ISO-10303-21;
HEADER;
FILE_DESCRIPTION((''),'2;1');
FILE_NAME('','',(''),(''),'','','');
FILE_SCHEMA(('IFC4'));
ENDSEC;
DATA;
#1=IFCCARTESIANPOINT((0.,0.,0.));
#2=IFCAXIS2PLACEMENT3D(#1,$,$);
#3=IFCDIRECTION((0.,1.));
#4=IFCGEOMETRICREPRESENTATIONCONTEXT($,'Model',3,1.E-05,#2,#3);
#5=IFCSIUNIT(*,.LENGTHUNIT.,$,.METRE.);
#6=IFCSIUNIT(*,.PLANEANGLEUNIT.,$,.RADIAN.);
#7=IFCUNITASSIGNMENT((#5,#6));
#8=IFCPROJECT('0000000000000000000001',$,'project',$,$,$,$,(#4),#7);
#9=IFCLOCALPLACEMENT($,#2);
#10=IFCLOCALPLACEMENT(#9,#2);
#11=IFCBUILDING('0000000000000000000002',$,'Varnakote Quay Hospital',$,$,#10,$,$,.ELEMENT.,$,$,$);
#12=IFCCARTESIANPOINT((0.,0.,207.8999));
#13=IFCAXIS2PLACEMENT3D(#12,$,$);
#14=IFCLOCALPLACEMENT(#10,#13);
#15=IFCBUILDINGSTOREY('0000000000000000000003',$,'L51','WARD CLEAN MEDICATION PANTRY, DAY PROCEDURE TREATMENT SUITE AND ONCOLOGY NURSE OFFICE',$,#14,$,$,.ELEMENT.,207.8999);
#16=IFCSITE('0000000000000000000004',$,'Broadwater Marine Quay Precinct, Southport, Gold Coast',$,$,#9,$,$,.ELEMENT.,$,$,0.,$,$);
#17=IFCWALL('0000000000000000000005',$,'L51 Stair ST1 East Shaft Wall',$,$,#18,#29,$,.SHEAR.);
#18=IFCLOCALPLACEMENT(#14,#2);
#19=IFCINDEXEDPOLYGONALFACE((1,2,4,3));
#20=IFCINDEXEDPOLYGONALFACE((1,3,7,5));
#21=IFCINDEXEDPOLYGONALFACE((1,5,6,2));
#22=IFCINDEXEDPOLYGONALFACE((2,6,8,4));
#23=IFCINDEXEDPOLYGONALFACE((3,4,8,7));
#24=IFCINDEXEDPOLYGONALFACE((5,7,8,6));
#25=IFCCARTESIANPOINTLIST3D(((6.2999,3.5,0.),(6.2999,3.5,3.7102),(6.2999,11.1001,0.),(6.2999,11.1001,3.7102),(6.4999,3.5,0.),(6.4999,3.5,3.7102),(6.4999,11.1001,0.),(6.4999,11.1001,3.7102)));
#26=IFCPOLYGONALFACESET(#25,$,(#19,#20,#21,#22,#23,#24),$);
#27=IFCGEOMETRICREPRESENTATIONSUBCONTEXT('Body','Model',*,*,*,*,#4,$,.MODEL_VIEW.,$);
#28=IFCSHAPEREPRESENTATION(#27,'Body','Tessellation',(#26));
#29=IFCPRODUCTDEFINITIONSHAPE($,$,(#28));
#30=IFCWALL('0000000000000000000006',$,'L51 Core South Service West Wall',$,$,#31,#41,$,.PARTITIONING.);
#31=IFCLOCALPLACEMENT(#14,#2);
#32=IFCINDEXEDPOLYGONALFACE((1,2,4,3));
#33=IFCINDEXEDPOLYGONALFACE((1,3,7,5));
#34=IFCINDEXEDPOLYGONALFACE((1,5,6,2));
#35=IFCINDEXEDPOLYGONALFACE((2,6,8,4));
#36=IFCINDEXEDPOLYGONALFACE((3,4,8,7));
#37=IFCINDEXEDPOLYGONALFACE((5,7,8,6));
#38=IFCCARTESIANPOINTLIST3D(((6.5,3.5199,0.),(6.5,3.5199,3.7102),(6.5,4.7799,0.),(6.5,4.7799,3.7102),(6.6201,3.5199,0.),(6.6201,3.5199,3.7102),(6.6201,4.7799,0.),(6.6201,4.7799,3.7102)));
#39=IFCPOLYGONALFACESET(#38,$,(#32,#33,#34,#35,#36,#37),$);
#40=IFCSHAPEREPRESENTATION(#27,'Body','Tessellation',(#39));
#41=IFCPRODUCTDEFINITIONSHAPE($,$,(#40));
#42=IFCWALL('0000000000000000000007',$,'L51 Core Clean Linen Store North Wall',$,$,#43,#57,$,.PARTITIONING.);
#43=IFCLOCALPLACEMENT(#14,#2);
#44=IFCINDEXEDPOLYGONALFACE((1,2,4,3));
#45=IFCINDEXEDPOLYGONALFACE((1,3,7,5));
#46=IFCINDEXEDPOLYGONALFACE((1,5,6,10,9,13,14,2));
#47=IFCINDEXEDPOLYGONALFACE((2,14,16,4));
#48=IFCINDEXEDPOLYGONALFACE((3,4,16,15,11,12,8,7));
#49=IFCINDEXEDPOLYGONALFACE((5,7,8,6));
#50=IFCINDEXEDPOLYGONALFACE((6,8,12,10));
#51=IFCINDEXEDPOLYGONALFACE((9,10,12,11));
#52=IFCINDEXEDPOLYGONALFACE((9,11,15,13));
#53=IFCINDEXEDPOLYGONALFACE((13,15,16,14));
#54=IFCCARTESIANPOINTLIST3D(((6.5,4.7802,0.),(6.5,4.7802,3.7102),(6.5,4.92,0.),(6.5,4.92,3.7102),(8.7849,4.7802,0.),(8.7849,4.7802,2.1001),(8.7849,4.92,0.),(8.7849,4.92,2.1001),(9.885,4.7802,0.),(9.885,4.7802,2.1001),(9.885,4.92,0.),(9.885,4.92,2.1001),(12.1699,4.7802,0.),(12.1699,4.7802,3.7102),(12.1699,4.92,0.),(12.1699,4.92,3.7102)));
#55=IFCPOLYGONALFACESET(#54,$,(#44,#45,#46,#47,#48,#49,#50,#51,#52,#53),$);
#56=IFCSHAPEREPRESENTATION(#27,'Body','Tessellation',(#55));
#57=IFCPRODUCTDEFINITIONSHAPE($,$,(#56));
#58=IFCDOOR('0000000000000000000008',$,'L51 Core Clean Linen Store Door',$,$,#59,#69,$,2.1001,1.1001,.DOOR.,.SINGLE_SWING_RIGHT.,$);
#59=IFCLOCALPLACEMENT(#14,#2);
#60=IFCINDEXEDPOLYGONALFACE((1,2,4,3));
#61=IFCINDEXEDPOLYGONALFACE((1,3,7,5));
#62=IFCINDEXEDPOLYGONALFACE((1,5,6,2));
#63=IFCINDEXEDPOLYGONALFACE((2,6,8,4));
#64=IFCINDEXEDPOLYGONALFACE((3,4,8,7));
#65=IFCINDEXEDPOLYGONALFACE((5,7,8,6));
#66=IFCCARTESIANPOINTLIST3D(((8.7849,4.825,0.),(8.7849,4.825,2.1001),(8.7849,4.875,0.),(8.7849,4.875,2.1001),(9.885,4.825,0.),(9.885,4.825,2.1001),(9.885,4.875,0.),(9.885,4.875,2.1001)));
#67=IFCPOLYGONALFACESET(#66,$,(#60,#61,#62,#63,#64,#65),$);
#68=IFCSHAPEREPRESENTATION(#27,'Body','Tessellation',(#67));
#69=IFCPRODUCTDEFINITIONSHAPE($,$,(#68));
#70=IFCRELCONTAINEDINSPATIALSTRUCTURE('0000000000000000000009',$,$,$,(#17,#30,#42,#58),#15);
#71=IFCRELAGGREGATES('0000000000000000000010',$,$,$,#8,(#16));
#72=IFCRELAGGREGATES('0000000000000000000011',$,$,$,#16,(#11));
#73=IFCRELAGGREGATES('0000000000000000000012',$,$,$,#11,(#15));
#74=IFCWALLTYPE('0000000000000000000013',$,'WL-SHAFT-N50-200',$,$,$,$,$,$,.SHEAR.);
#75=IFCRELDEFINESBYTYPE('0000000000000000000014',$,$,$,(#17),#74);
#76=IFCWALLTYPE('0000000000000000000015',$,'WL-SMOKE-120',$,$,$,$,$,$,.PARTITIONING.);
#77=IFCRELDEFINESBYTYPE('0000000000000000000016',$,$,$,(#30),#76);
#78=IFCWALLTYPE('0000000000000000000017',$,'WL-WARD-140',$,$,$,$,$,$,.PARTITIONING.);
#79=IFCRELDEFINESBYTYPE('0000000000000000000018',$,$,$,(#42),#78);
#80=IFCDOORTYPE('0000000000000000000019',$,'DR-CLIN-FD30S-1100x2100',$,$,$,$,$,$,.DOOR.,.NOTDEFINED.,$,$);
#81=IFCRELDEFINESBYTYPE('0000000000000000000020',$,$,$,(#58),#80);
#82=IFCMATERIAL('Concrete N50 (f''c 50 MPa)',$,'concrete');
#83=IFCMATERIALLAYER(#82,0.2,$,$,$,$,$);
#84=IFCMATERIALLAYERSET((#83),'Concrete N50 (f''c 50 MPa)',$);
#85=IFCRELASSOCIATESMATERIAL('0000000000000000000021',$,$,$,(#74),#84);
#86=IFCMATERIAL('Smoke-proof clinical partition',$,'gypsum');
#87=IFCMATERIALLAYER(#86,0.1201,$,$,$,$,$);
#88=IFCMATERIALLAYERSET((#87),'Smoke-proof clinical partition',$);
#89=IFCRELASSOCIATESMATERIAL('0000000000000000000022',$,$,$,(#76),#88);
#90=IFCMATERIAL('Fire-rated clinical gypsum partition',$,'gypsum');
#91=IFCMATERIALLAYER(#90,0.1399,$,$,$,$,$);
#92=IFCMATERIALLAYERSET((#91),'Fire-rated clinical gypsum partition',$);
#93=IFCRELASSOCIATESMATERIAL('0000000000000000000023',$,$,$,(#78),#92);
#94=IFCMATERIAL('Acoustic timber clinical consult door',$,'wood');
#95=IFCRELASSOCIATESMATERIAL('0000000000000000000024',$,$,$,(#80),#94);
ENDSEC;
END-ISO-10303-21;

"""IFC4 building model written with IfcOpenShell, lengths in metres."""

from ifc_helpers import new_model, si_unit, direction, frame, frame_2d, origin, place, context, subcontext, project, spatial, rectangle, extrude, material, layer, layer_set, type_object, element, fill, save


model = new_model("IFC4")

# Units and contexts
model_context = context("Model", 3, precision=1e-05, world=origin(), true_north=direction((0.0, 1.0)))
body_context = subcontext(model_context, "Body", "Model", "MODEL_VIEW")
ifc_project = project(units=[si_unit("LENGTHUNIT", "METRE"), si_unit("PLANEANGLEUNIT", "RADIAN")], contexts=[model_context])

# Site, building, storey
site_placement = place(None, origin())
site = spatial("IfcSite", under=ifc_project, at=site_placement, Name="Broadwater Marine Quay Precinct, Southport, Gold Coast", CompositionType="ELEMENT", RefElevation=0.0)
building_placement = place(site_placement, origin())
building = spatial("IfcBuilding", under=site, at=building_placement, Name="Varnakote Quay Hospital", CompositionType="ELEMENT")
storey_placement = place(building_placement, frame((0.0, 0.0, 207.8999)))
storey = spatial("IfcBuildingStorey", under=building, at=storey_placement, Name="L51", Description="WARD CLEAN MEDICATION PANTRY, DAY PROCEDURE TREATMENT SUITE AND ONCOLOGY NURSE OFFICE", CompositionType="ELEMENT", Elevation=207.8999)

# Walls
ifc_material_1 = material(Name="Concrete N50 (f'c 50 MPa)", Category="concrete")
ifc_layer_1 = layer(ifc_material_1, 0.2)
ifc_layer_set_1 = layer_set([ifc_layer_1], Name="Concrete N50 (f'c 50 MPa)")
wall_type_1 = type_object("IfcWallType", Name="WL-SHAFT-N50-200", PredefinedType="SHEAR", material=ifc_layer_set_1)
for number, where, z_axis, x_axis, name in (
    (1, (6.3999, 3.5, 0.0), (0.0, 0.0, 1.0), (0.0, 1.0, 0.0), "L51 Stair ST1 East Shaft Wall"),
):
    element("IfcWall", number, at=place(storey_placement, frame(where, z_axis=z_axis, x_axis=x_axis)), inside=storey, type_object=wall_type_1, Name=name, PredefinedType="SHEAR", context=body_context, shape_type="SweptSolid", body=[
        extrude(rectangle(XDim=7.6001, YDim=0.2, at=frame_2d((3.8, 0.0))), origin(), (0.0, 0.0, 1.0), 3.7102),
    ])
ifc_material_2 = material(Name="Smoke-proof clinical partition", Category="gypsum")
ifc_layer_2 = layer(ifc_material_2, 0.1201)
ifc_layer_set_2 = layer_set([ifc_layer_2], Name="Smoke-proof clinical partition")
wall_type_2 = type_object("IfcWallType", Name="WL-SMOKE-120", PredefinedType="PARTITIONING", material=ifc_layer_set_2)
wall_1_placement = place(storey_placement, frame((6.5601, 3.52, 0.0), z_axis=(0.0, 0.0, 1.0), x_axis=(0.0, 1.0, 0.0)))
element("IfcWall", 2, at=wall_1_placement, inside=storey, type_object=wall_type_2, Name="L51 Core South Service West Wall", PredefinedType="PARTITIONING", context=body_context, shape_type="SweptSolid", body=[
    extrude(rectangle(XDim=1.26, YDim=0.1201, at=frame_2d((0.6299, 0.0))), origin(), (0.0, 0.0, 1.0), 3.7102),
])

# Wall, opening, door
ifc_material_3 = material(Name="Fire-rated clinical gypsum partition", Category="gypsum")
ifc_layer_3 = layer(ifc_material_3, 0.1399)
ifc_layer_set_3 = layer_set([ifc_layer_3], Name="Fire-rated clinical gypsum partition")
wall_type_3 = type_object("IfcWallType", Name="WL-WARD-140", PredefinedType="PARTITIONING", material=ifc_layer_set_3)
wall_2_placement = place(storey_placement, frame((6.5, 4.8501, 0.0), z_axis=(0.0, 0.0, 1.0), x_axis=(1.0, 0.0, 0.0)))
wall_2 = element("IfcWall", 3, at=wall_2_placement, inside=storey, type_object=wall_type_3, Name="L51 Core Clean Linen Store North Wall", PredefinedType="PARTITIONING", context=body_context, shape_type="SweptSolid", body=[
    extrude(rectangle(XDim=5.6699, YDim=0.1399, at=frame_2d((2.835, 0.0))), origin(), (0.0, 0.0, 1.0), 3.7102),
])
opening_1_placement = place(wall_2_placement, frame((2.2849, 0.0, 0.0)))
opening_1 = element("IfcOpeningElement", 4, at=opening_1_placement, cuts=wall_2, PredefinedType="OPENING", context=body_context, shape_type="SweptSolid", body=[
    extrude(rectangle(XDim=1.1001, YDim=2.1001, at=frame_2d((0.55, 1.05))), frame((0.0, 0.0798, 0.0), z_axis=(0.0, -1.0, 0.0), x_axis=(1.0, 0.0, 0.0)), (0.0, 0.0, 1.0), 0.1599),
])
ifc_material_4 = material(Name="Acoustic timber clinical consult door", Category="wood")
door_type = type_object("IfcDoorType", Name="DR-CLIN-FD30S-1100x2100", OperationType="NOTDEFINED", PredefinedType="DOOR", material=ifc_material_4)
door_placement = place(opening_1_placement, origin())
door = element("IfcDoor", 5, at=door_placement, inside=storey, type_object=door_type, Name="L51 Core Clean Linen Store Door", OperationType="SINGLE_SWING_RIGHT", OverallHeight=2.1001, OverallWidth=1.1001, PredefinedType="DOOR", context=body_context, shape_type="SweptSolid", body=[
    extrude(rectangle(XDim=1.1001, YDim=2.1001, at=frame_2d((0.55, 1.05))), frame((0.0, 0.0249, 0.0), z_axis=(0.0, -1.0, 0.0), x_axis=(1.0, 0.0, 0.0)), (0.0, 0.0, 1.0), 0.05),
])
fill(opening_1, door)

save(model, "model.ifc")
